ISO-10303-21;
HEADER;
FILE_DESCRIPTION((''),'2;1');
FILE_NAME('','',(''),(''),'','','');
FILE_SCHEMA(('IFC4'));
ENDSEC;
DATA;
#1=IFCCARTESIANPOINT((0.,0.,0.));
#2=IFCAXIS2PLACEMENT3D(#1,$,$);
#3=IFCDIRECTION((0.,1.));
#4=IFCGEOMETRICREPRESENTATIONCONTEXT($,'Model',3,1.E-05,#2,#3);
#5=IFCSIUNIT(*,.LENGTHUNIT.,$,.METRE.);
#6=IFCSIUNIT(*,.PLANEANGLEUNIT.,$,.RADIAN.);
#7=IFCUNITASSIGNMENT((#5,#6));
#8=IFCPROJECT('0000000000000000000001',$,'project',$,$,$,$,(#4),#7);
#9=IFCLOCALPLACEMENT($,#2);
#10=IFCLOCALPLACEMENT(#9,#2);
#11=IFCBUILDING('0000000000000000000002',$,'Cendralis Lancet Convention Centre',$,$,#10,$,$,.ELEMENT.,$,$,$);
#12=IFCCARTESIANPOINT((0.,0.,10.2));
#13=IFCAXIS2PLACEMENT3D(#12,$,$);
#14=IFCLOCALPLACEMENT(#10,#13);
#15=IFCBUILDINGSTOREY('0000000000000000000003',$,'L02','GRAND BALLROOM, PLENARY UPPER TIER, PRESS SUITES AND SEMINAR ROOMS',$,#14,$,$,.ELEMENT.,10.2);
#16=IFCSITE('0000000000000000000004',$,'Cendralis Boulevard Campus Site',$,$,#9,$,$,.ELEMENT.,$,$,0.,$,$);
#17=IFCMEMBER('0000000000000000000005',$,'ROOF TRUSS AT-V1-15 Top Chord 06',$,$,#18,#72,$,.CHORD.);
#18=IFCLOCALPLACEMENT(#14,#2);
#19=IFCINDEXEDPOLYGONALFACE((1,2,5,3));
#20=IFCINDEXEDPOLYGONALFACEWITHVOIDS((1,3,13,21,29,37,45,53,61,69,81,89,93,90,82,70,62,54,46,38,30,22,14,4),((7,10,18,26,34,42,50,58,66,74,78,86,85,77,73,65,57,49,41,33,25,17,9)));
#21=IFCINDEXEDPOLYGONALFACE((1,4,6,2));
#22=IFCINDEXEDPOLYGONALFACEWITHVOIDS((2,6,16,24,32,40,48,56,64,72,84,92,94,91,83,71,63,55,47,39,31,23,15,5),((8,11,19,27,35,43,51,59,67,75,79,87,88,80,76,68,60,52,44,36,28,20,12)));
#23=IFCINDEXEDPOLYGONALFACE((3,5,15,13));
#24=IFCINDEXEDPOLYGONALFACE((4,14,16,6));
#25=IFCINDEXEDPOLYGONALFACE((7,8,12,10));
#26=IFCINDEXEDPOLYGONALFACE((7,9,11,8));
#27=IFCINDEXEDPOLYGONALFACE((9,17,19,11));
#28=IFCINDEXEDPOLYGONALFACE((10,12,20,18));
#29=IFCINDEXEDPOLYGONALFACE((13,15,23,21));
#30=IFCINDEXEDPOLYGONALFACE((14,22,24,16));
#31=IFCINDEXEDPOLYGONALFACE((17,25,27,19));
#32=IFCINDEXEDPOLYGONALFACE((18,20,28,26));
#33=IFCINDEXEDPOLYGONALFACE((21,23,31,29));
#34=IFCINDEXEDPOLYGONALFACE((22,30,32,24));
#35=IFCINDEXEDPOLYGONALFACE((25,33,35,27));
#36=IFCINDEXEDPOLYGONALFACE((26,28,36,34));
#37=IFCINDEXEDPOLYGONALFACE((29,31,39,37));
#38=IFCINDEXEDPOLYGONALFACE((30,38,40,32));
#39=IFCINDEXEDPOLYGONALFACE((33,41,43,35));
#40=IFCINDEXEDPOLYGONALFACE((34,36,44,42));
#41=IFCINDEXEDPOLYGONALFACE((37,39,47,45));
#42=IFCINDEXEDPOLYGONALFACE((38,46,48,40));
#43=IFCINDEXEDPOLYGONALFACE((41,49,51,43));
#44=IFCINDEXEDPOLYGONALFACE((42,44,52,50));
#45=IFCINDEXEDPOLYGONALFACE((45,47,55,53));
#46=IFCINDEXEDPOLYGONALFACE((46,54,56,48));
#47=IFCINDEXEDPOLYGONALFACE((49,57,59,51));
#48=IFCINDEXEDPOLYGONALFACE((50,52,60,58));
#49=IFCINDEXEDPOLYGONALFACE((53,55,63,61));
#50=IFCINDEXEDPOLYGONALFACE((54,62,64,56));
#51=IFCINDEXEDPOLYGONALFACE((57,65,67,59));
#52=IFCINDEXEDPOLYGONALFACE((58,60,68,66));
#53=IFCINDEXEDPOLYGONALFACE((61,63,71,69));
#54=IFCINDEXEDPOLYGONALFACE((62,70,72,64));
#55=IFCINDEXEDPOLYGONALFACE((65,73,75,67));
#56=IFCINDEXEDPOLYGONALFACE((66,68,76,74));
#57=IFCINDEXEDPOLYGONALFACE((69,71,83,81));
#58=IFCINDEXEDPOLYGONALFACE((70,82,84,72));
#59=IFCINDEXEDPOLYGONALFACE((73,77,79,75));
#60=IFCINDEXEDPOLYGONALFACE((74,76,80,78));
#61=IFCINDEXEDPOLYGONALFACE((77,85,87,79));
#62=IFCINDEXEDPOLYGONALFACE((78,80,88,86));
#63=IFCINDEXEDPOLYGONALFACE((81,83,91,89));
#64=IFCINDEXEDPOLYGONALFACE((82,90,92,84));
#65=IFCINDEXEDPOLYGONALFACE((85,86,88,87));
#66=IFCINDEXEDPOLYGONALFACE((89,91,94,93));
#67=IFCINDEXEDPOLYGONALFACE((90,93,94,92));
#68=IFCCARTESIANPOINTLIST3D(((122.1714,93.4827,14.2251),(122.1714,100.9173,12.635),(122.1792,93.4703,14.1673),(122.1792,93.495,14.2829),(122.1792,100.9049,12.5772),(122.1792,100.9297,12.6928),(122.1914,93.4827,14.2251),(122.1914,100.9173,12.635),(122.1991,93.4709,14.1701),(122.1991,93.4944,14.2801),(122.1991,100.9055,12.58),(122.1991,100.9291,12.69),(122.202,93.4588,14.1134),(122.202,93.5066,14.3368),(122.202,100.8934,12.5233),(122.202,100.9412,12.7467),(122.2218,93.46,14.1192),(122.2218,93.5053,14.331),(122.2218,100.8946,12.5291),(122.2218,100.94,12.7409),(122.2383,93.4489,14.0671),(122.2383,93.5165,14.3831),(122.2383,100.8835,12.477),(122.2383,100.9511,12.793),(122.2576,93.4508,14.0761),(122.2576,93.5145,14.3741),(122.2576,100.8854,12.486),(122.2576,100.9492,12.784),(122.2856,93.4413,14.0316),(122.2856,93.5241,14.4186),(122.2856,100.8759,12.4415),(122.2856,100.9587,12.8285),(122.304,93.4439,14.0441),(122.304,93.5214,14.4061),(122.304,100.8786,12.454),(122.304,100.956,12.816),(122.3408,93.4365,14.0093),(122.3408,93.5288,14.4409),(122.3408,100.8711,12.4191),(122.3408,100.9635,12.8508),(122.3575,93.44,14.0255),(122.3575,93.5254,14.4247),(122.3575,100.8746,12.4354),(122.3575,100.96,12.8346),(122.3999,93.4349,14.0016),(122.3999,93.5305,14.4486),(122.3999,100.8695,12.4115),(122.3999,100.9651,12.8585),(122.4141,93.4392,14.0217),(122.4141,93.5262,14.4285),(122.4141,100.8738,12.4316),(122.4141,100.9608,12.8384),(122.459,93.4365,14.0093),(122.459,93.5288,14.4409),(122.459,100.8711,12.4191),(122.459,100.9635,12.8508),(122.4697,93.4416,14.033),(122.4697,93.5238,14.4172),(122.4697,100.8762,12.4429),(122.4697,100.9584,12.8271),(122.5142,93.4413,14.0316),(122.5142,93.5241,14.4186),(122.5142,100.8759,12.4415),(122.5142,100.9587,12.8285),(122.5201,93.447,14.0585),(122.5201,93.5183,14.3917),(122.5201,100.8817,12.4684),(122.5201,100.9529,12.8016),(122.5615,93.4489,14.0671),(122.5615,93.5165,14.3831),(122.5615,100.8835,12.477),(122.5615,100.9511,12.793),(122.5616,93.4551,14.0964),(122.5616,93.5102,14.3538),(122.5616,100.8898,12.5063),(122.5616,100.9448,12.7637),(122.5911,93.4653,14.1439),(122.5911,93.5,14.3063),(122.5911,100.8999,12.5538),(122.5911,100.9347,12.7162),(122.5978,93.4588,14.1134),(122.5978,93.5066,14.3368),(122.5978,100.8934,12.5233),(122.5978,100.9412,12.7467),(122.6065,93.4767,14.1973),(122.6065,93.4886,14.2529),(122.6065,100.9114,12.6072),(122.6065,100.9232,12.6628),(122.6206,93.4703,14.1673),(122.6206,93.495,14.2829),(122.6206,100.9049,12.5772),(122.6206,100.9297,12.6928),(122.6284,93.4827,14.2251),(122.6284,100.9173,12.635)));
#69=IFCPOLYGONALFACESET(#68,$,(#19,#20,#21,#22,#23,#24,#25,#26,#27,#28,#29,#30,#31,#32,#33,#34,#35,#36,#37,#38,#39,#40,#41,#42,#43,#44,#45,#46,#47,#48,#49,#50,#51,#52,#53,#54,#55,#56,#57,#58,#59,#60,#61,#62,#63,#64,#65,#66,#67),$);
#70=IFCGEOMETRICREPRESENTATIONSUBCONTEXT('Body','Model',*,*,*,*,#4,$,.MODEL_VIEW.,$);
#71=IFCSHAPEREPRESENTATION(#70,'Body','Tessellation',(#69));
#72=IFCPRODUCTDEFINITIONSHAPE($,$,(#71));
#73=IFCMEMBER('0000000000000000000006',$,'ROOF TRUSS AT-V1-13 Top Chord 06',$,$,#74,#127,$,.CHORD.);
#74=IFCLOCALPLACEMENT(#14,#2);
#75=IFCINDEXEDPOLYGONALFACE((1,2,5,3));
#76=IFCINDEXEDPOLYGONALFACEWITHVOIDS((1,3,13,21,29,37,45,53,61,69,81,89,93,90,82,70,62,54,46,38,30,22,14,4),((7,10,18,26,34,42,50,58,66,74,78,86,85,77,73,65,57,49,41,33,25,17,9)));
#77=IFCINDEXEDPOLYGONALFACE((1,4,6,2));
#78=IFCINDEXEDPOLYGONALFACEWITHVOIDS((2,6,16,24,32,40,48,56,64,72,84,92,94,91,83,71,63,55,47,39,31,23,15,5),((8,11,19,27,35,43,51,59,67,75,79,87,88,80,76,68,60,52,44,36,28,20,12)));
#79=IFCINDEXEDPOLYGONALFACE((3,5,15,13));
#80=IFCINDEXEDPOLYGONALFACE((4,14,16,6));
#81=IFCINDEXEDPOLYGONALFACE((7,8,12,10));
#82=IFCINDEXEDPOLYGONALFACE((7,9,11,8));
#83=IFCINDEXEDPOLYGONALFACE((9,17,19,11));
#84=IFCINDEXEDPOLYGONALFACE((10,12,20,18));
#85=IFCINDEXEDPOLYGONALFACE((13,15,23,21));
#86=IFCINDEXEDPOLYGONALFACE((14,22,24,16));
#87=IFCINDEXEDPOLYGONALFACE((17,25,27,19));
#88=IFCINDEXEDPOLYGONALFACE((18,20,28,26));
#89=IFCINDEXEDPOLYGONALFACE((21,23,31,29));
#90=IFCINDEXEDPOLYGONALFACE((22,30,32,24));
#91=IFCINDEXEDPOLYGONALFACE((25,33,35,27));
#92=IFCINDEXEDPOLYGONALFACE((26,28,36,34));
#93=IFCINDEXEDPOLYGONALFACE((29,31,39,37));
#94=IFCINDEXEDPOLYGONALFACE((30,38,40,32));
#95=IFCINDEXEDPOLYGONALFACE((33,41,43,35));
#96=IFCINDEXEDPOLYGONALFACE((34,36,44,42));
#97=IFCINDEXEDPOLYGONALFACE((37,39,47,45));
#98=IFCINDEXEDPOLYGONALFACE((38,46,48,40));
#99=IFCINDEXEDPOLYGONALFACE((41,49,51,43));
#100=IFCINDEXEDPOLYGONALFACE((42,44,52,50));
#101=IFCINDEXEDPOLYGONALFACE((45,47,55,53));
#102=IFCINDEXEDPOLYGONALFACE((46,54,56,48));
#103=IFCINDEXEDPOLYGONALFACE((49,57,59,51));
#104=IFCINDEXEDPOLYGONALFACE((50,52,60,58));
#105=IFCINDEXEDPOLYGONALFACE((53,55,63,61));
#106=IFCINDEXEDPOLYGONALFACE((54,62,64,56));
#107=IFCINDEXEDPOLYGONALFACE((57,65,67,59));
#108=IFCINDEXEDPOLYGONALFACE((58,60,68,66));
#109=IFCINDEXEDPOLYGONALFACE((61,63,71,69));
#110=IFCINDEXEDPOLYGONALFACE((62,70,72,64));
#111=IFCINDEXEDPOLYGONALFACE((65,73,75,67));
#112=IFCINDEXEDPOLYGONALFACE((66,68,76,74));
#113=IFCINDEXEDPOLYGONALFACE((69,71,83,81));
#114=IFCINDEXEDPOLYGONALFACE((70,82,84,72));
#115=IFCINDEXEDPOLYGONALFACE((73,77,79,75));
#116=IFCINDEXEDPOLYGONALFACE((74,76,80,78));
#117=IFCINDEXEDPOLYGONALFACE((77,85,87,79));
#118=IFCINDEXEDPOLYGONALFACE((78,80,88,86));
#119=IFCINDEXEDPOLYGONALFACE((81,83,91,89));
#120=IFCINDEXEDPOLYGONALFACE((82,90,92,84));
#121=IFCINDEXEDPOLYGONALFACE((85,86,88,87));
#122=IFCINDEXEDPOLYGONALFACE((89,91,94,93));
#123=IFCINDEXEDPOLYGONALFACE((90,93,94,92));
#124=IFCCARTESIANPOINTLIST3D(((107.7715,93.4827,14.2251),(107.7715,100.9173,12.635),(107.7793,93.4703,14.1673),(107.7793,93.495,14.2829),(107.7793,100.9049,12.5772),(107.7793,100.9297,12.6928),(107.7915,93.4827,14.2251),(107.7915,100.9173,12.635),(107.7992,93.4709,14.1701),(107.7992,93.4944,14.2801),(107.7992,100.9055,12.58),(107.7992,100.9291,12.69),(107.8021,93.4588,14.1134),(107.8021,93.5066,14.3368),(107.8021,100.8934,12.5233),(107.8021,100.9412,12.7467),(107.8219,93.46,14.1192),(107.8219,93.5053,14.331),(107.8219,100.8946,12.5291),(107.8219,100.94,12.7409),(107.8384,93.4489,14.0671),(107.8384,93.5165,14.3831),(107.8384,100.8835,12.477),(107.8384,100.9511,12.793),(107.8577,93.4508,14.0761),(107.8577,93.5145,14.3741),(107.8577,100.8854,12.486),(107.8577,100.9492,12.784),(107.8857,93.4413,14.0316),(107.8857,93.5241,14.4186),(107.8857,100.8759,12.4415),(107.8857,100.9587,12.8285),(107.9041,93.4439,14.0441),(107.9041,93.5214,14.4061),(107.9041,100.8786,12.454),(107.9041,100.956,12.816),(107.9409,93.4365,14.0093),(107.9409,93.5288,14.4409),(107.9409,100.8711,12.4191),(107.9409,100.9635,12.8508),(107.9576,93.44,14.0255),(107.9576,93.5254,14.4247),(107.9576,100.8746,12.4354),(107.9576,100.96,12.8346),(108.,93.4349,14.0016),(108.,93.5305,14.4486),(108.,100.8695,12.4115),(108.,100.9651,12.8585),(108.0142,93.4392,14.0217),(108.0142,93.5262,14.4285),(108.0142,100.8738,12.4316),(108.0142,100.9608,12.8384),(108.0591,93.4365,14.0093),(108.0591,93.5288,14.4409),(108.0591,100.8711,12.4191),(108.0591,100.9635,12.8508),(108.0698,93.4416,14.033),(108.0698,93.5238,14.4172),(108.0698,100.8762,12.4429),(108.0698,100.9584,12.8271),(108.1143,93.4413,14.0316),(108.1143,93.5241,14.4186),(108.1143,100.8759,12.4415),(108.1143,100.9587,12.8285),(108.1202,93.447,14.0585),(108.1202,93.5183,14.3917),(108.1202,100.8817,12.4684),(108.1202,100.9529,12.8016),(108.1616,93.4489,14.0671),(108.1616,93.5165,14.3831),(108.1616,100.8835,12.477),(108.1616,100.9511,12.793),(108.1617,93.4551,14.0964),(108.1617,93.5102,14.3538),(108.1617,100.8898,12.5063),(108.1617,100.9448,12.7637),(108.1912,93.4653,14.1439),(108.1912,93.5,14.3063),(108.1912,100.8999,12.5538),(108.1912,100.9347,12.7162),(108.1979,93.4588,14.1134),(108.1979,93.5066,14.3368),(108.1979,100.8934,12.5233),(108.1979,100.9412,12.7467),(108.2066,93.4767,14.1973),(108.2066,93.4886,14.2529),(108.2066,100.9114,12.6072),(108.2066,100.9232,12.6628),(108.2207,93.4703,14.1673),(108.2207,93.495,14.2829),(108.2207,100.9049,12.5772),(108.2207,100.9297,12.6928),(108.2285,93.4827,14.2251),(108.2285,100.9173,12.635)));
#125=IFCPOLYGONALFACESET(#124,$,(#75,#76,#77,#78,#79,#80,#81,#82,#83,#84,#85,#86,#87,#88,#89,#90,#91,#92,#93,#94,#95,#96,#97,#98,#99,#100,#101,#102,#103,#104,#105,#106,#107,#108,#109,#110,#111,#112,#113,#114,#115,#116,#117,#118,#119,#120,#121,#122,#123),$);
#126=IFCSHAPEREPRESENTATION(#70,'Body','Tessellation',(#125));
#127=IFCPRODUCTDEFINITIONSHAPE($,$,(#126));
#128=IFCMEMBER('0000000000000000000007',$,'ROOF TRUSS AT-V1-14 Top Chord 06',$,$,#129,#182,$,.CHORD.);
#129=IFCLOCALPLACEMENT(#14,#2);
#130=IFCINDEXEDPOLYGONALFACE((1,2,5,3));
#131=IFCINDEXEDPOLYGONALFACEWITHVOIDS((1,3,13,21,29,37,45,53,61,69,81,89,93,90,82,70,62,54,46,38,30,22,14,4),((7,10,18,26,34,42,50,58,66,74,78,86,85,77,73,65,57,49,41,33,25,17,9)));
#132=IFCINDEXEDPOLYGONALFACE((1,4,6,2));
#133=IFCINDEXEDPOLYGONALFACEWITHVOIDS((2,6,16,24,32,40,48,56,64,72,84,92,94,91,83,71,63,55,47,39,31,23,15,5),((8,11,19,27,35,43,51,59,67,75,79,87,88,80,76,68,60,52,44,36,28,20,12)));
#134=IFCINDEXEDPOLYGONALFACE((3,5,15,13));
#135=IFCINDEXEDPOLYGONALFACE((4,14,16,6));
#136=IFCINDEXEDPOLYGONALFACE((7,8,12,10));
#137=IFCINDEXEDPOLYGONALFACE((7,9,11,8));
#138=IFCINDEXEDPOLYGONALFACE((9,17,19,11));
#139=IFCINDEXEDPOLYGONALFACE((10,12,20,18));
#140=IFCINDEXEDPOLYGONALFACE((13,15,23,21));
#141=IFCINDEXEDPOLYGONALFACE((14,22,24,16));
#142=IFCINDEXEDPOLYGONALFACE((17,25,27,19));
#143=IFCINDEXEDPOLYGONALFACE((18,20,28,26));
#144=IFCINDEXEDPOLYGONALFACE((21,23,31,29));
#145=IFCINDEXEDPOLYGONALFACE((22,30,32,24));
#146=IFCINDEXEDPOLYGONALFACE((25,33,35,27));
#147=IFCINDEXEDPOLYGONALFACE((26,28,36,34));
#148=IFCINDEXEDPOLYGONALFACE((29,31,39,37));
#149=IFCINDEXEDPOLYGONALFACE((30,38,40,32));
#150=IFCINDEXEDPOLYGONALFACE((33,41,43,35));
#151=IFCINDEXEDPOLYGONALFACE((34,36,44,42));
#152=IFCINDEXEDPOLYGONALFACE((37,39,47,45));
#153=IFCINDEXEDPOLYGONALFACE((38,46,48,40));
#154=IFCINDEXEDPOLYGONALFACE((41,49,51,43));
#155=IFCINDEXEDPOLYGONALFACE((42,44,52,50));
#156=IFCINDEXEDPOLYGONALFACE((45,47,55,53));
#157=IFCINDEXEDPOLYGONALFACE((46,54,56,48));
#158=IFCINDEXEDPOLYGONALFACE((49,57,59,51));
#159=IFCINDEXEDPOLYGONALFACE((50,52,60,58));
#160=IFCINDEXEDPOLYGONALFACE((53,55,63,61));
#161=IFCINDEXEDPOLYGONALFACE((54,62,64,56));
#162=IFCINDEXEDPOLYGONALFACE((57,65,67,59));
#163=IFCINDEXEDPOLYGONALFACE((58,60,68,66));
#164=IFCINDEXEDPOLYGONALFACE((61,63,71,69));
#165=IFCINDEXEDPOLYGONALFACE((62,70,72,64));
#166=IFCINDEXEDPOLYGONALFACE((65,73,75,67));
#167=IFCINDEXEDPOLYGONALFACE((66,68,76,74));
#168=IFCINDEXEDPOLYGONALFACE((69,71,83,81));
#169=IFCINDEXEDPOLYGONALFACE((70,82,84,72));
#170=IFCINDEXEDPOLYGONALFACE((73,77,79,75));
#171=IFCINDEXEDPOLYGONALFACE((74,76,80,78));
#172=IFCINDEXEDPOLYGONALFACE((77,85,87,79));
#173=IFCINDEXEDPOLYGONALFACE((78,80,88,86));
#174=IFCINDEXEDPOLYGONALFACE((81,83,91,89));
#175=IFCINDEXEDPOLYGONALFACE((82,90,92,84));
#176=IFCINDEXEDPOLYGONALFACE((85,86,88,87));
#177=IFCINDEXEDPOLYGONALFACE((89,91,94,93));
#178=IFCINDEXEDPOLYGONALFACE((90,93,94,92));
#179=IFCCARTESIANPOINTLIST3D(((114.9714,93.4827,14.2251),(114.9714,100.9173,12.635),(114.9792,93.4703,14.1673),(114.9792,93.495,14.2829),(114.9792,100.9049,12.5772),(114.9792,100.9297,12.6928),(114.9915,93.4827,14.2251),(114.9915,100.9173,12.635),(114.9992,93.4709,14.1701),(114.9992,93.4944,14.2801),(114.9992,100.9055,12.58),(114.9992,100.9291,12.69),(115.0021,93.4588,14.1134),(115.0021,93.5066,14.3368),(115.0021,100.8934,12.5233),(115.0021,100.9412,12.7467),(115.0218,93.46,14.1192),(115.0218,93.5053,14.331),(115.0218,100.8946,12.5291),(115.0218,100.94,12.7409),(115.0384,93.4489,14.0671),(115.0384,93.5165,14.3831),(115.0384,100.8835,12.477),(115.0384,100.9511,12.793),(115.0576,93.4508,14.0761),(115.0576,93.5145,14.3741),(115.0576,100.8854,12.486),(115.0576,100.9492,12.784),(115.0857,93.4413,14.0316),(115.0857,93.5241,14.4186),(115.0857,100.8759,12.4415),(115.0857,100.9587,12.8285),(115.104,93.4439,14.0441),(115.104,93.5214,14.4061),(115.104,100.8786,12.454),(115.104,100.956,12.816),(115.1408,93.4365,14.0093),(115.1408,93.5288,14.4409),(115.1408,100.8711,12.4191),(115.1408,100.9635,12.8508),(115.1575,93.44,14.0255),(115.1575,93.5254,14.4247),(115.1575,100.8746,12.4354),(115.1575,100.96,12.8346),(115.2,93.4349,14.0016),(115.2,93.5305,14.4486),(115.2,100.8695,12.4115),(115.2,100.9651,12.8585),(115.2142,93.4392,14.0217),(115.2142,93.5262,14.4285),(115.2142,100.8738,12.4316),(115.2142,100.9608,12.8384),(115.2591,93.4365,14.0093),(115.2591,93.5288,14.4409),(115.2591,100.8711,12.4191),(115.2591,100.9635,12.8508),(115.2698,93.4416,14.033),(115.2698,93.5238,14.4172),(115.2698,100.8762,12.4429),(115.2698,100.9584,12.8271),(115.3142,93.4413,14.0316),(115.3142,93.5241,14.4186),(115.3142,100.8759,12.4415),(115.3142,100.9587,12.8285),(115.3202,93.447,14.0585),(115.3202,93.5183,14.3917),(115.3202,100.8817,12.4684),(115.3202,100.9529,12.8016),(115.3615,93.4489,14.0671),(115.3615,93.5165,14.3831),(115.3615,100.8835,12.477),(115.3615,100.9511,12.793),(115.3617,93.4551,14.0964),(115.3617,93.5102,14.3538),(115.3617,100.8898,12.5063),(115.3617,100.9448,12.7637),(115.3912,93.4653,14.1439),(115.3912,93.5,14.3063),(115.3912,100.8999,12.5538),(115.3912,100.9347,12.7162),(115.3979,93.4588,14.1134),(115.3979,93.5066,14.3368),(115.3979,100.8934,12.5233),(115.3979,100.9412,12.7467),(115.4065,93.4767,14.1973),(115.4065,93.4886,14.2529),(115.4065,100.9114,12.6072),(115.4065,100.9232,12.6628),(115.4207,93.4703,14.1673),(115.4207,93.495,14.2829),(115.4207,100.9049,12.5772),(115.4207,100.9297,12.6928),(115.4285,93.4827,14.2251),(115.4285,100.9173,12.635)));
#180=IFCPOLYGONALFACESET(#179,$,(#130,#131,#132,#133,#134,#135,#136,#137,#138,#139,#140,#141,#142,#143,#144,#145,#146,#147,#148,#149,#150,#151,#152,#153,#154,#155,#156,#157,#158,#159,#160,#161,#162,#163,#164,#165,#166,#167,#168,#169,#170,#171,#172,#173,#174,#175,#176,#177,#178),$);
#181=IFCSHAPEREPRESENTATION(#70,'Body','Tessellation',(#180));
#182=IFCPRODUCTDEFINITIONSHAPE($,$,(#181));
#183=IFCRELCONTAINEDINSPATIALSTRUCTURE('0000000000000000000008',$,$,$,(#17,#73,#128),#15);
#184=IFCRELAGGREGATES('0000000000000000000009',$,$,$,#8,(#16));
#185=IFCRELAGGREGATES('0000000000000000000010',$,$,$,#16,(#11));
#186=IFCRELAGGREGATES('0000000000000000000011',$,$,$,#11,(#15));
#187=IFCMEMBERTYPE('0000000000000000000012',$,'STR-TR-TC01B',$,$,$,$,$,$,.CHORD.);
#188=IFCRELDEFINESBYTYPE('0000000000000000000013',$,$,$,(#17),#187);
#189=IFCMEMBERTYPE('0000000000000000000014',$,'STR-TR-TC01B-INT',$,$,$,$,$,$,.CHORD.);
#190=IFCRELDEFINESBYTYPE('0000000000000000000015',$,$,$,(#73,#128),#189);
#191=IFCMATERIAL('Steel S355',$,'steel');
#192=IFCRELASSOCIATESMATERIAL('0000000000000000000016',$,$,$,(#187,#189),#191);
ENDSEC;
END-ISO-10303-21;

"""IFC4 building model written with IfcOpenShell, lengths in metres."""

from ifc_helpers import new_model, si_unit, direction, frame, origin, origin_2d, place, context, subcontext, project, spatial, hollow_circle, extrude, material, material_profile, profile_set, type_object, element, save


model = new_model("IFC4")

# Units and contexts
model_context = context("Model", 3, precision=1e-05, world=origin(), true_north=direction((0.0, 1.0)))
body_context = subcontext(model_context, "Body", "Model", "MODEL_VIEW")
ifc_project = project(units=[si_unit("LENGTHUNIT", "METRE"), si_unit("PLANEANGLEUNIT", "RADIAN")], contexts=[model_context])

# Site, building, storey
site_placement = place(None, origin())
site = spatial("IfcSite", under=ifc_project, at=site_placement, Name="Cendralis Boulevard Campus Site", CompositionType="ELEMENT", RefElevation=0.0)
building_placement = place(site_placement, origin())
building = spatial("IfcBuilding", under=site, at=building_placement, Name="Cendralis Lancet Convention Centre", CompositionType="ELEMENT")
storey_placement = place(building_placement, frame((0.0, 0.0, 10.2)))
storey = spatial("IfcBuildingStorey", under=building, at=storey_placement, Name="L02", Description="GRAND BALLROOM, PLENARY UPPER TIER, PRESS SUITES AND SEMINAR ROOMS", CompositionType="ELEMENT", Elevation=10.2)

# Shared definitions
ifc_material = material(Name="Steel S355", Category="steel")

# Members
ifc_material_profile_1 = material_profile(ifc_material, hollow_circle(Radius=0.2285, WallThickness=0.02, at=origin_2d()), Name="CHS 457.0x20.0")
ifc_profile_set_1 = profile_set([ifc_material_profile_1], Name="Steel S355")
member_type_1 = type_object("IfcMemberType", Name="STR-TR-TC01B", PredefinedType="CHORD", material=ifc_profile_set_1)
member_1_placement = place(storey_placement, frame((122.3999, 93.4827, 14.2251), z_axis=(0.0, 0.977884, -0.209147), x_axis=(-1.0, 0.0, 0.0)))
element("IfcMember", 1, at=member_1_placement, inside=storey, type_object=member_type_1, Name="ROOF TRUSS AT-V1-15 Top Chord 06", PredefinedType="CHORD", context=body_context, shape_type="SweptSolid", body=[
    extrude(hollow_circle(Radius=0.2285, WallThickness=0.02, at=origin_2d()), origin(), (0.0, 0.0, 1.0), 7.6028),
])
ifc_material_profile_2 = material_profile(ifc_material, hollow_circle(Radius=0.2285, WallThickness=0.02, at=origin_2d()), Name="CHS 457.0x20.0")
ifc_profile_set_2 = profile_set([ifc_material_profile_2], Name="Steel S355")
member_type_2 = type_object("IfcMemberType", Name="STR-TR-TC01B-INT", PredefinedType="CHORD", material=ifc_profile_set_2)
for number, where, z_axis, x_axis, name in (
    (2, (108.0, 93.4827, 14.2251), (0.0, 0.977884, -0.209147), (-1.0, 0.0, 0.0), "ROOF TRUSS AT-V1-13 Top Chord 06"),
    (3, (115.2, 93.4827, 14.2251), (0.0, 0.977884, -0.209147), (-1.0, 0.0, 0.0), "ROOF TRUSS AT-V1-14 Top Chord 06"),
):
    element("IfcMember", number, at=place(storey_placement, frame(where, z_axis=z_axis, x_axis=x_axis)), inside=storey, type_object=member_type_2, Name=name, PredefinedType="CHORD", context=body_context, shape_type="SweptSolid", body=[
        extrude(hollow_circle(Radius=0.2285, WallThickness=0.02, at=origin_2d()), origin(), (0.0, 0.0, 1.0), 7.6028),
    ])

save(model, "model.ifc")
